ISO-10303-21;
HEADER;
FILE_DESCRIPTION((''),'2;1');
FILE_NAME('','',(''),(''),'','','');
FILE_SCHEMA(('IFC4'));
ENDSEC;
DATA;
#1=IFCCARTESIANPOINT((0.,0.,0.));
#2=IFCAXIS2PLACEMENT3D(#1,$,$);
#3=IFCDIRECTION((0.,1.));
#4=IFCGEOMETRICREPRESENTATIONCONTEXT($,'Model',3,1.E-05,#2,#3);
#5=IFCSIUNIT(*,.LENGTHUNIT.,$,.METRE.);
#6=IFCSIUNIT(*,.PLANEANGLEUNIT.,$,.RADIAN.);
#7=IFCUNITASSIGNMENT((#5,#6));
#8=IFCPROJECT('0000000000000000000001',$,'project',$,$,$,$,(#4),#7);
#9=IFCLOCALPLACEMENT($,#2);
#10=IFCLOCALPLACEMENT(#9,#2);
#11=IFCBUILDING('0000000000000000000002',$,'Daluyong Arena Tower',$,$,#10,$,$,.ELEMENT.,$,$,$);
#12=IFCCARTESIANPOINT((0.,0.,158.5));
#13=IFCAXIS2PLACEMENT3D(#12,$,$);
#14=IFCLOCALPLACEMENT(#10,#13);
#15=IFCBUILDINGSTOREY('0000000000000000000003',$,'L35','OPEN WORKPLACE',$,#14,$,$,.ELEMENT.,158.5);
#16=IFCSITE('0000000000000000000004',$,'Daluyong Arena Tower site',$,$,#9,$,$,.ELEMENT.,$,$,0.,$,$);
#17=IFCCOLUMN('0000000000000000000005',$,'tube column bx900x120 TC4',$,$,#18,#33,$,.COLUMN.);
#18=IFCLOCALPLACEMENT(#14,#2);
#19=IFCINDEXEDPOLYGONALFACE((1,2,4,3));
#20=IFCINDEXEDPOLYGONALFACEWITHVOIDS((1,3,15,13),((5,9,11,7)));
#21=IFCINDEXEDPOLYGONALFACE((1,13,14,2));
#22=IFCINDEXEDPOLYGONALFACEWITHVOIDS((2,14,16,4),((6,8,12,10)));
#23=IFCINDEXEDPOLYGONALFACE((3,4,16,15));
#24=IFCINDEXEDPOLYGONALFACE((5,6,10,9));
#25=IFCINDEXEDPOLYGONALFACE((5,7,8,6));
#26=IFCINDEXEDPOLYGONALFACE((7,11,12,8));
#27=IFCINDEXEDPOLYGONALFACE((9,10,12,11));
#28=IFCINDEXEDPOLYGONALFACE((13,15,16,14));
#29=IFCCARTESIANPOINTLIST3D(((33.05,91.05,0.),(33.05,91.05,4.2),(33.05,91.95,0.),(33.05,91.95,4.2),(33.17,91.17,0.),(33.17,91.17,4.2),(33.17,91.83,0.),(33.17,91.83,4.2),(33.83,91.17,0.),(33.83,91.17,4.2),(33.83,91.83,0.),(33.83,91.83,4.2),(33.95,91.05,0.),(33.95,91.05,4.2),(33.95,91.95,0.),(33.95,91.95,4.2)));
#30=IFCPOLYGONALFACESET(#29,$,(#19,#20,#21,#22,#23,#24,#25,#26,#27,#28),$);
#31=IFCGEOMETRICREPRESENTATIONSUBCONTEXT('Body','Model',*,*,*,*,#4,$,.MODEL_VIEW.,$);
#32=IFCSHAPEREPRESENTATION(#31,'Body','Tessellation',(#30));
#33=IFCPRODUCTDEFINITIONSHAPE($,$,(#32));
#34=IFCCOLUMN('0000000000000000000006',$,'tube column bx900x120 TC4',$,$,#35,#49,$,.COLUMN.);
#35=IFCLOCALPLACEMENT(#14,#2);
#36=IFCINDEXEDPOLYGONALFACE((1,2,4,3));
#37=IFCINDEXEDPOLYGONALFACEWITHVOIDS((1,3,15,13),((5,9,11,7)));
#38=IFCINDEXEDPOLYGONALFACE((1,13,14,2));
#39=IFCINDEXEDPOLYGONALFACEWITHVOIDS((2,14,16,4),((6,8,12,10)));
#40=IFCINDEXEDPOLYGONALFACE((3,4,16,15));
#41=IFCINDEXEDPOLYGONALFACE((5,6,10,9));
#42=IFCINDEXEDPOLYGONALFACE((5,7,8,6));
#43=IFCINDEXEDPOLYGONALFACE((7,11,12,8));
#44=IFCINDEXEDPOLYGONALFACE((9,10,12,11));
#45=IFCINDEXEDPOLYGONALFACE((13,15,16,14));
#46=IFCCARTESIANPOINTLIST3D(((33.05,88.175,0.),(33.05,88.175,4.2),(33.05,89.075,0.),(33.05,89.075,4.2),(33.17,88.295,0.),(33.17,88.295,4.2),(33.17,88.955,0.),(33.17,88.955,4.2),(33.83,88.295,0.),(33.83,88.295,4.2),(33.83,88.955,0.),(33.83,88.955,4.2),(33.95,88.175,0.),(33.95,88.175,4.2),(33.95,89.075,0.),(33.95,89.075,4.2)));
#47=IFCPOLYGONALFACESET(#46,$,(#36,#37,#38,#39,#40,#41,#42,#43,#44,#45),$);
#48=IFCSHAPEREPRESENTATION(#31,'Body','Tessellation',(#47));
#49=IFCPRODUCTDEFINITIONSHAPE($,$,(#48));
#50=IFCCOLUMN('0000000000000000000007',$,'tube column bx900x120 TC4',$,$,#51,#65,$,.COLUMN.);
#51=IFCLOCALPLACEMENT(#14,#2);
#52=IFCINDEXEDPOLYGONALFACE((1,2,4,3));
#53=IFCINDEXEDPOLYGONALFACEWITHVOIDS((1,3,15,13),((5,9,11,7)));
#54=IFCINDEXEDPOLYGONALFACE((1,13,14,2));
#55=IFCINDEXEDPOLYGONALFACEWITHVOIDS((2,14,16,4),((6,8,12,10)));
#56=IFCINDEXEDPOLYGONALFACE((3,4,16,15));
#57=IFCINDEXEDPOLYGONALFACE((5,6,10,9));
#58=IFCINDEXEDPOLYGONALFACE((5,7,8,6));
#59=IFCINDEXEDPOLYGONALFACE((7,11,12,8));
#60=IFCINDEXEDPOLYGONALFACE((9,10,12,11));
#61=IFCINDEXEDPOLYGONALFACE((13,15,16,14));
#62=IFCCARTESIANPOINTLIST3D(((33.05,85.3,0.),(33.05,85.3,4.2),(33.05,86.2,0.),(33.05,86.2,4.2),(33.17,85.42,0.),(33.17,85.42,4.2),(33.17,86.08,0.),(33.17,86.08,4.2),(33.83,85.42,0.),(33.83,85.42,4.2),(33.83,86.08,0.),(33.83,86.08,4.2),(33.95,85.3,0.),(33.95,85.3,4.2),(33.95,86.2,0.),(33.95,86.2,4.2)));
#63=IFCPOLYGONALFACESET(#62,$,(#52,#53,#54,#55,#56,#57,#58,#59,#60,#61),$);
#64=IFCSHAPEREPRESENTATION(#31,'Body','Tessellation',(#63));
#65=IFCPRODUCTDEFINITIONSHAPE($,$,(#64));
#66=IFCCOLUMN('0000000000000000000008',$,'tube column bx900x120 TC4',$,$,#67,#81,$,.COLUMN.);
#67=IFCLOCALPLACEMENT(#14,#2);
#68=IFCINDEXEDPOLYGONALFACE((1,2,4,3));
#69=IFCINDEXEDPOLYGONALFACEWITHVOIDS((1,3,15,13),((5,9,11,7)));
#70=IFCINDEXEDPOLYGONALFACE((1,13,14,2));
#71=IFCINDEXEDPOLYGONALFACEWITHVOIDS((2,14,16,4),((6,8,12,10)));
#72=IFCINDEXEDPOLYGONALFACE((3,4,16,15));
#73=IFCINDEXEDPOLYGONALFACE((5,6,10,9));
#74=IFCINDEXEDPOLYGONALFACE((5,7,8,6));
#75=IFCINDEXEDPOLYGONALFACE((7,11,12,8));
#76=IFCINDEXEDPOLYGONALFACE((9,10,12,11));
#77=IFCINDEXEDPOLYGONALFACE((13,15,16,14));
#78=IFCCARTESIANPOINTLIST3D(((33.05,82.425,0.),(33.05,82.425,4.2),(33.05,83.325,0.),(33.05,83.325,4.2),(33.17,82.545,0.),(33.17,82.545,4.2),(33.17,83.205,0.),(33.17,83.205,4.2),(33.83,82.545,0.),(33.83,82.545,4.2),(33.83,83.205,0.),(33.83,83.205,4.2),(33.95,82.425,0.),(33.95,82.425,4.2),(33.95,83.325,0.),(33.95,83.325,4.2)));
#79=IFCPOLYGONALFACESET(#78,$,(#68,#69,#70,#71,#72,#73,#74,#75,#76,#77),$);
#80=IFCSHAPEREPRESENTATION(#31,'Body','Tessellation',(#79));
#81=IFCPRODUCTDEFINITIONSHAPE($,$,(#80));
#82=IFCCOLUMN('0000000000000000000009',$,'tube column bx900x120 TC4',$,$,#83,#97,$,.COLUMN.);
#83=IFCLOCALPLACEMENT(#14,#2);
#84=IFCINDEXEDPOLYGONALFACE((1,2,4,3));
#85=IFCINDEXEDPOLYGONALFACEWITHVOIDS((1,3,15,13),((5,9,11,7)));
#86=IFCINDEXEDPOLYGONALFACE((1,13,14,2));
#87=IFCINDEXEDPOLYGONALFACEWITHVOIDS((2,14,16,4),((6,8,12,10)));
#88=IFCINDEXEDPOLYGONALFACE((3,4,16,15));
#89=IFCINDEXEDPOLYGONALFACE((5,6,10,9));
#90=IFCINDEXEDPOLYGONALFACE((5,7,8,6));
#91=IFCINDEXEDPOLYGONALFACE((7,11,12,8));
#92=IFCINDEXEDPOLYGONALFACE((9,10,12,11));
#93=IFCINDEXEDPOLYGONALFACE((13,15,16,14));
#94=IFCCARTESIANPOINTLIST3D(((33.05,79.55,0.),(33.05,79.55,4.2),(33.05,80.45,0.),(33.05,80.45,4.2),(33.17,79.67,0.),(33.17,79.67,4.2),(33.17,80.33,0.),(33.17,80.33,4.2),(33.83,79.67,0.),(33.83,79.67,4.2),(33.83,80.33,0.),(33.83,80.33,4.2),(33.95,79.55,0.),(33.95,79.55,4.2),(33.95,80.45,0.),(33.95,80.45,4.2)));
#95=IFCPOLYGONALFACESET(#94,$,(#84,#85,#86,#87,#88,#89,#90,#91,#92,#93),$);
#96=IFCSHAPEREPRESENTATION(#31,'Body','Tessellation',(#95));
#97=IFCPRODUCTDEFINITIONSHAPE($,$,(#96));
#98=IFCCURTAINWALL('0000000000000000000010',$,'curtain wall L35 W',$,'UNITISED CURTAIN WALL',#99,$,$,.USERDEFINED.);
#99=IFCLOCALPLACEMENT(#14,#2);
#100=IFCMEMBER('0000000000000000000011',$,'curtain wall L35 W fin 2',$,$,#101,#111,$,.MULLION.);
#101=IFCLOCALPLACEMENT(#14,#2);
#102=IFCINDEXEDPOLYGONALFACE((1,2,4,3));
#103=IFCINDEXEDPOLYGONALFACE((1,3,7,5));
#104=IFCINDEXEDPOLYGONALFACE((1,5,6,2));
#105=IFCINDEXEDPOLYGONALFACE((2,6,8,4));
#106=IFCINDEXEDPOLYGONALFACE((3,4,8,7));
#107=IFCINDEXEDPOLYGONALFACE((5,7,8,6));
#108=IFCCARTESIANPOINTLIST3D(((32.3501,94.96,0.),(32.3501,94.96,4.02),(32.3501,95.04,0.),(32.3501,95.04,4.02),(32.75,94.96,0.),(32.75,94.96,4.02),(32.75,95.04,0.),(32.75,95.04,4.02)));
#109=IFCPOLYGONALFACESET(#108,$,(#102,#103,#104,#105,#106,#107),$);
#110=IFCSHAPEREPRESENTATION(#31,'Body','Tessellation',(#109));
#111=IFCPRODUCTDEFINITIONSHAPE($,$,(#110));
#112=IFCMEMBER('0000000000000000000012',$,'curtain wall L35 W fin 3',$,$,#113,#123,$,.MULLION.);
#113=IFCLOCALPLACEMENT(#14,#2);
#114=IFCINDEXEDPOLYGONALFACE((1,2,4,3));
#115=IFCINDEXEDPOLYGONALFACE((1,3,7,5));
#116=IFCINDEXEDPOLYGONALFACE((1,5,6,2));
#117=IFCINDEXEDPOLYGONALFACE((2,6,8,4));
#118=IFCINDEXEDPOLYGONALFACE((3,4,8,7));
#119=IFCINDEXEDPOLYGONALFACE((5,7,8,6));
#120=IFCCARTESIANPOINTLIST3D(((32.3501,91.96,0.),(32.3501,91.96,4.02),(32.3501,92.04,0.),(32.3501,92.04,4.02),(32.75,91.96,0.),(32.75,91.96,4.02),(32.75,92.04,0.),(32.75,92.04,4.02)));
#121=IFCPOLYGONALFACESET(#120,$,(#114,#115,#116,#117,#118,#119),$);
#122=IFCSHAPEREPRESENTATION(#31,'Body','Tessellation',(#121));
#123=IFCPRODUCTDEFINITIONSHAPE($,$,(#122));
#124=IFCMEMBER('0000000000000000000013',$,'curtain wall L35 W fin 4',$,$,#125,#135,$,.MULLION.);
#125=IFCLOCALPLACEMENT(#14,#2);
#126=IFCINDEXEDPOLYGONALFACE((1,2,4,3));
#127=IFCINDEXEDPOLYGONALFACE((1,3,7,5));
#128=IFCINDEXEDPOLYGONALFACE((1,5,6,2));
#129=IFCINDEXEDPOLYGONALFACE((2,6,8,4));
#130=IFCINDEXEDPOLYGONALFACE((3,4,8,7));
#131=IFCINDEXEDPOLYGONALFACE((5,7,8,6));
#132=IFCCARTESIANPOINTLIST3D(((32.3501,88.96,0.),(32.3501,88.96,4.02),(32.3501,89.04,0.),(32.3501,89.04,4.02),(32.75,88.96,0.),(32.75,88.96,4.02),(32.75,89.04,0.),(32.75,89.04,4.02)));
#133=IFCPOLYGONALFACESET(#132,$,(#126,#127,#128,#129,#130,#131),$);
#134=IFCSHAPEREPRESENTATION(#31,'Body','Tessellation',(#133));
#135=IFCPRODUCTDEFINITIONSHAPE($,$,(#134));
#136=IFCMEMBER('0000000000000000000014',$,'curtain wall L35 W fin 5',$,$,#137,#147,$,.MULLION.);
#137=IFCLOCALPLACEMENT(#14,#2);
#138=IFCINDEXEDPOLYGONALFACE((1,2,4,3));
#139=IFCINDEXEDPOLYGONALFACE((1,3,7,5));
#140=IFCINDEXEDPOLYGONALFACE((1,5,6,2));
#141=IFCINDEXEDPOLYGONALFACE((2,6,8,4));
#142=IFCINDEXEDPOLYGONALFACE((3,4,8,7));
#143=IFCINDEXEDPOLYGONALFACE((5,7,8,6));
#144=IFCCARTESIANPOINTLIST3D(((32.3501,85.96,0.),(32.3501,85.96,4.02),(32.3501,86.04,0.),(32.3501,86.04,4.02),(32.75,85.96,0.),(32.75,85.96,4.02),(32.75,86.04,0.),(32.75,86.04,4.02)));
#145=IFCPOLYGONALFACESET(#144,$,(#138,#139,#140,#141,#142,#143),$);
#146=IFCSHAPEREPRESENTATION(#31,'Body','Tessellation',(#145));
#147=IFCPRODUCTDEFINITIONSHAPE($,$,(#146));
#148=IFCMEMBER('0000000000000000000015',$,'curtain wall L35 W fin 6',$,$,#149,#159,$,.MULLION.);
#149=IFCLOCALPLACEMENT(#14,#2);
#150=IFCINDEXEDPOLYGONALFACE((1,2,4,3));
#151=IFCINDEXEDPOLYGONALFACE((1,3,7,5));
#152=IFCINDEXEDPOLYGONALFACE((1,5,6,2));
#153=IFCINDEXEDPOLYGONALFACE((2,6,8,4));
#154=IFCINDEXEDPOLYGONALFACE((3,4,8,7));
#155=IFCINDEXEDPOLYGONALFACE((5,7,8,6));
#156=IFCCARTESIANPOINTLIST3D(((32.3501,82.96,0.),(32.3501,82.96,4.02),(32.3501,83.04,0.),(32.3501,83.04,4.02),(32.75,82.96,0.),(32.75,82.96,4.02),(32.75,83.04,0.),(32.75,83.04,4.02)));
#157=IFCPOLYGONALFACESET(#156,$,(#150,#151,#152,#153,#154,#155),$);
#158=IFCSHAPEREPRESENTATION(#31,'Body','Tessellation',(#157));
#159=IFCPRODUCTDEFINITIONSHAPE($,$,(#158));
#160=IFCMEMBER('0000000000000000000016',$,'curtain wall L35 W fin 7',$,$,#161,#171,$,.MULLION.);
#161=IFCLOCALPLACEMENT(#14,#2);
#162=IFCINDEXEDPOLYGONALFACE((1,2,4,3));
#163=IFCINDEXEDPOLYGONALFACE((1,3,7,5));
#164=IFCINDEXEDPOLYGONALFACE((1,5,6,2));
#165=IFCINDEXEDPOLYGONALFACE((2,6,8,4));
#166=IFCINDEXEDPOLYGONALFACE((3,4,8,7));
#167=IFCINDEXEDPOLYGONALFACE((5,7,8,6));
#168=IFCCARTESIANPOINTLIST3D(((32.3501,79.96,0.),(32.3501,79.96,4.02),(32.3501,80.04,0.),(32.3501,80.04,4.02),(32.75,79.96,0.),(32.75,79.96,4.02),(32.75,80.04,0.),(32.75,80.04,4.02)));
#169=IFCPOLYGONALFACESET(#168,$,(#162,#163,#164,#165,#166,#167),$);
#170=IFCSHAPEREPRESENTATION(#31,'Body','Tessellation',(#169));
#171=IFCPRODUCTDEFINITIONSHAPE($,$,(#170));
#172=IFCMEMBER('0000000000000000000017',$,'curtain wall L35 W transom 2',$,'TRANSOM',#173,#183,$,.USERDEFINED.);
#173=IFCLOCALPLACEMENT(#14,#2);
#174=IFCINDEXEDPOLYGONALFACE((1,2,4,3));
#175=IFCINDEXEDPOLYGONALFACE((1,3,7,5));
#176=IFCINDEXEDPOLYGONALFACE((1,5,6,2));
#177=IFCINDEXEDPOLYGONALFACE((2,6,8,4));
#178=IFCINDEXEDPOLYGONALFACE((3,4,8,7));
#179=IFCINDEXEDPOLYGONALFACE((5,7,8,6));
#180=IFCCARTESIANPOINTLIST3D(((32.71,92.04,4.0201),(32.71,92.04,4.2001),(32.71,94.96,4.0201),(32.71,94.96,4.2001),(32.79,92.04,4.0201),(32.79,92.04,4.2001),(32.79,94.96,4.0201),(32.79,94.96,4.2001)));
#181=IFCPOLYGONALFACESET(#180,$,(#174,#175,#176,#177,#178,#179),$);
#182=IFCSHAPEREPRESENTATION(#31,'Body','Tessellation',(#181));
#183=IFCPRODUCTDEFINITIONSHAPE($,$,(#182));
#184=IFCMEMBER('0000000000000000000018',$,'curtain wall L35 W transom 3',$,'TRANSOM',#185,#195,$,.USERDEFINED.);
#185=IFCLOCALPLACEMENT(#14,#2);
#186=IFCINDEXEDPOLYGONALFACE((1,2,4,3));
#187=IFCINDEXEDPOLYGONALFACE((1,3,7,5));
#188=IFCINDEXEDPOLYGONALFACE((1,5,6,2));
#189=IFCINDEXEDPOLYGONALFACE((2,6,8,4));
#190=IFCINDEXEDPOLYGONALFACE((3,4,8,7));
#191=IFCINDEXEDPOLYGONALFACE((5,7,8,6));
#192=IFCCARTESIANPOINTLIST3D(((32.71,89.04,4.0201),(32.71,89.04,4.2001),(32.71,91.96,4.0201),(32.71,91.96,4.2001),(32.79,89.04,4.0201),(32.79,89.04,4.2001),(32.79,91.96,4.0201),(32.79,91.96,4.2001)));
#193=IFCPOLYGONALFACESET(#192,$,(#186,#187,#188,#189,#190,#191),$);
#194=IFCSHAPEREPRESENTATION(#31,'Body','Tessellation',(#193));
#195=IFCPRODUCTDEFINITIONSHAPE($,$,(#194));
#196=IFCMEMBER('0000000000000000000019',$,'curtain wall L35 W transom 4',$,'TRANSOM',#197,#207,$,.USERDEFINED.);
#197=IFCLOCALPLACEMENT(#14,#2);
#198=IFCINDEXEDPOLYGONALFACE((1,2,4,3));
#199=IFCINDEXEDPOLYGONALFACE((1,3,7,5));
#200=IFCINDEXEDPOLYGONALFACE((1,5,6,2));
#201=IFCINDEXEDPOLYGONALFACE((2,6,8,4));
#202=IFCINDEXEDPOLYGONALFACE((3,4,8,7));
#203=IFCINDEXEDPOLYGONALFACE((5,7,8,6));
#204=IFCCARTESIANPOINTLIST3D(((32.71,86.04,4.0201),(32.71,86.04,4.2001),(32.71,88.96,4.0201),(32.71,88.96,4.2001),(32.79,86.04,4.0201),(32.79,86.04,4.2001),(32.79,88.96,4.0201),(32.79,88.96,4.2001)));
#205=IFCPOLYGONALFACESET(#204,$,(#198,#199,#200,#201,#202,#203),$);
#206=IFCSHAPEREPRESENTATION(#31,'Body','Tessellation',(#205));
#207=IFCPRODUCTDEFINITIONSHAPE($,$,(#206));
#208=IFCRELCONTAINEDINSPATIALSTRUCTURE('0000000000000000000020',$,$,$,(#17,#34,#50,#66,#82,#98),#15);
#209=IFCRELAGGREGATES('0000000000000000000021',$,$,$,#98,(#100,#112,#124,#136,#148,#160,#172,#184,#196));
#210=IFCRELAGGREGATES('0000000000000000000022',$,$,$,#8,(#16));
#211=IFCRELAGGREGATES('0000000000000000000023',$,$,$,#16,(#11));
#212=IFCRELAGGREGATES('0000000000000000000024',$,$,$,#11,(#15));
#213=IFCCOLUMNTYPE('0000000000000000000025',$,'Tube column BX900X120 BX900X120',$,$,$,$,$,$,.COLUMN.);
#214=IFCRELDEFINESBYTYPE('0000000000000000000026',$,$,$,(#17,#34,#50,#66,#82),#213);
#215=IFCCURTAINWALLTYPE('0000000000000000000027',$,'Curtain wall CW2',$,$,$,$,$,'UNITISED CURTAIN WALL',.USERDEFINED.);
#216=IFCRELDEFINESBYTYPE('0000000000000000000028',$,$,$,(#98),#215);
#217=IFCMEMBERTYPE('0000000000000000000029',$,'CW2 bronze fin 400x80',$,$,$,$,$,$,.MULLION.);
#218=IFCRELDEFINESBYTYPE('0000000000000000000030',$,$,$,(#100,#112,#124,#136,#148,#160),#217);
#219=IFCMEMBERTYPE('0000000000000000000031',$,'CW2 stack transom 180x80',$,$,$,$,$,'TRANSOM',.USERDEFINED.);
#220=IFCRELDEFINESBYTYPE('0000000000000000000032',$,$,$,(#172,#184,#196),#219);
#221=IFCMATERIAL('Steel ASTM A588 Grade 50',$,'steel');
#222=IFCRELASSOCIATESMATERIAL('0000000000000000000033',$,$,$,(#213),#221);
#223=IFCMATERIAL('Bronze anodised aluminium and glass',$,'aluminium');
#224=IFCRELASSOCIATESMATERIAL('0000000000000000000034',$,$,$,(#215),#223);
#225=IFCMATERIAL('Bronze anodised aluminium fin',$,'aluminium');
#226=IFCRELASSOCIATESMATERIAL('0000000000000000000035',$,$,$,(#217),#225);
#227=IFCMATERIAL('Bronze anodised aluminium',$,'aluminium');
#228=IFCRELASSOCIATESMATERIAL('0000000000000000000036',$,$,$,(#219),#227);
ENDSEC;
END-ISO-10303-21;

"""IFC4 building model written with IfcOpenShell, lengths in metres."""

from ifc_helpers import new_model, si_unit, direction, frame, origin, origin_2d, place, context, subcontext, project, spatial, rectangle, hollow_rectangle, extrude, material, material_profile, profile_set, type_object, element, aggregate, save


model = new_model("IFC4")

# Units and contexts
model_context = context("Model", 3, precision=1e-05, world=origin(), true_north=direction((0.0, 1.0)))
body_context = subcontext(model_context, "Body", "Model", "MODEL_VIEW")
ifc_project = project(units=[si_unit("LENGTHUNIT", "METRE"), si_unit("PLANEANGLEUNIT", "RADIAN")], contexts=[model_context])

# Site, building, storey
site_placement = place(None, origin())
site = spatial("IfcSite", under=ifc_project, at=site_placement, Name="Daluyong Arena Tower site", CompositionType="ELEMENT", RefElevation=0.0)
building_placement = place(site_placement, origin())
building = spatial("IfcBuilding", under=site, at=building_placement, Name="Daluyong Arena Tower", CompositionType="ELEMENT")
storey_placement = place(building_placement, frame((0.0, 0.0, 158.5)))
storey = spatial("IfcBuildingStorey", under=building, at=storey_placement, Name="L35", Description="OPEN WORKPLACE", CompositionType="ELEMENT", Elevation=158.5)

# Columns
ifc_material_1 = material(Name="Steel ASTM A588 Grade 50", Category="steel")
ifc_material_profile_1 = material_profile(ifc_material_1, hollow_rectangle(XDim=0.8999, YDim=0.8999, WallThickness=0.12, at=origin_2d()))
ifc_profile_set_1 = profile_set([ifc_material_profile_1], Name="Steel ASTM A588 Grade 50")
column_type = type_object("IfcColumnType", Name="Tube column BX900X120 BX900X120", PredefinedType="COLUMN", material=ifc_profile_set_1)
for number, where, z_axis, x_axis, name in (
    (1, (33.5, 91.5, 0.0), (0.0, 0.0, 1.0), (0.0, 1.0, 0.0), "tube column bx900x120 TC4"),
    (2, (33.5, 88.625, 0.0), (0.0, 0.0, 1.0), (0.0, 1.0, 0.0), "tube column bx900x120 TC4"),
    (3, (33.5, 85.75, 0.0), (0.0, 0.0, 1.0), (0.0, 1.0, 0.0), "tube column bx900x120 TC4"),
    (4, (33.5, 82.875, 0.0), (0.0, 0.0, 1.0), (0.0, 1.0, 0.0), "tube column bx900x120 TC4"),
    (5, (33.5, 80.0, 0.0), (0.0, 0.0, 1.0), (0.0, 1.0, 0.0), "tube column bx900x120 TC4"),
):
    element("IfcColumn", number, at=place(storey_placement, frame(where, z_axis=z_axis, x_axis=x_axis)), inside=storey, type_object=column_type, Name=name, PredefinedType="COLUMN", context=body_context, shape_type="SweptSolid", body=[
        extrude(hollow_rectangle(XDim=0.8999, YDim=0.8999, WallThickness=0.12, at=origin_2d()), origin(), (0.0, 0.0, 1.0), 4.2),
    ])

# Curtain wall, members
ifc_material_2 = material(Name="Bronze anodised aluminium and glass", Category="aluminium")
curtain_wall_type = type_object("IfcCurtainWallType", Name="Curtain wall CW2", ElementType="UNITISED CURTAIN WALL", PredefinedType="USERDEFINED", material=ifc_material_2)
curtain_wall_placement = place(storey_placement, origin())
curtain_wall = element("IfcCurtainWall", 6, at=curtain_wall_placement, inside=storey, type_object=curtain_wall_type, Name="curtain wall L35 W", ObjectType="UNITISED CURTAIN WALL", PredefinedType="USERDEFINED")
ifc_material_3 = material(Name="Bronze anodised aluminium fin", Category="aluminium")
ifc_material_profile_2 = material_profile(ifc_material_3, rectangle(XDim=0.3999, YDim=0.0801, at=origin_2d()))
ifc_profile_set_2 = profile_set([ifc_material_profile_2], Name="Bronze anodised aluminium fin")
member_type_1 = type_object("IfcMemberType", Name="CW2 bronze fin 400x80", PredefinedType="MULLION", material=ifc_profile_set_2)
member_1_placement = place(storey_placement, frame((32.55, 95.0, 0.0), z_axis=(0.0, 0.0, 1.0), x_axis=(1.0, 0.0, 0.0)))
member_1 = element("IfcMember", 7, at=member_1_placement, type_object=member_type_1, Name="curtain wall L35 W fin 2", PredefinedType="MULLION", context=body_context, shape_type="SweptSolid", body=[
    extrude(rectangle(XDim=0.3999, YDim=0.0801, at=origin_2d()), origin(), (0.0, 0.0, 1.0), 4.02),
])
member_2_placement = place(storey_placement, frame((32.55, 92.0, 0.0), z_axis=(0.0, 0.0, 1.0), x_axis=(1.0, 0.0, 0.0)))
member_2 = element("IfcMember", 8, at=member_2_placement, type_object=member_type_1, Name="curtain wall L35 W fin 3", PredefinedType="MULLION", context=body_context, shape_type="SweptSolid", body=[
    extrude(rectangle(XDim=0.3999, YDim=0.0801, at=origin_2d()), origin(), (0.0, 0.0, 1.0), 4.02),
])
member_3_placement = place(storey_placement, frame((32.55, 89.0, 0.0), z_axis=(0.0, 0.0, 1.0), x_axis=(1.0, 0.0, 0.0)))
member_3 = element("IfcMember", 9, at=member_3_placement, type_object=member_type_1, Name="curtain wall L35 W fin 4", PredefinedType="MULLION", context=body_context, shape_type="SweptSolid", body=[
    extrude(rectangle(XDim=0.3999, YDim=0.0801, at=origin_2d()), origin(), (0.0, 0.0, 1.0), 4.02),
])
member_4_placement = place(storey_placement, frame((32.55, 86.0, 0.0), z_axis=(0.0, 0.0, 1.0), x_axis=(1.0, 0.0, 0.0)))
member_4 = element("IfcMember", 10, at=member_4_placement, type_object=member_type_1, Name="curtain wall L35 W fin 5", PredefinedType="MULLION", context=body_context, shape_type="SweptSolid", body=[
    extrude(rectangle(XDim=0.3999, YDim=0.0801, at=origin_2d()), origin(), (0.0, 0.0, 1.0), 4.02),
])
member_5_placement = place(storey_placement, frame((32.55, 83.0, 0.0), z_axis=(0.0, 0.0, 1.0), x_axis=(1.0, 0.0, 0.0)))
member_5 = element("IfcMember", 11, at=member_5_placement, type_object=member_type_1, Name="curtain wall L35 W fin 6", PredefinedType="MULLION", context=body_context, shape_type="SweptSolid", body=[
    extrude(rectangle(XDim=0.3999, YDim=0.0801, at=origin_2d()), origin(), (0.0, 0.0, 1.0), 4.02),
])
member_6_placement = place(storey_placement, frame((32.55, 80.0, 0.0), z_axis=(0.0, 0.0, 1.0), x_axis=(1.0, 0.0, 0.0)))
member_6 = element("IfcMember", 12, at=member_6_placement, type_object=member_type_1, Name="curtain wall L35 W fin 7", PredefinedType="MULLION", context=body_context, shape_type="SweptSolid", body=[
    extrude(rectangle(XDim=0.3999, YDim=0.0801, at=origin_2d()), origin(), (0.0, 0.0, 1.0), 4.02),
])
ifc_material_4 = material(Name="Bronze anodised aluminium", Category="aluminium")
ifc_material_profile_3 = material_profile(ifc_material_4, rectangle(XDim=0.0801, YDim=0.1799, at=origin_2d()))
ifc_profile_set_3 = profile_set([ifc_material_profile_3], Name="Bronze anodised aluminium")
member_type_2 = type_object("IfcMemberType", Name="CW2 stack transom 180x80", ElementType="TRANSOM", PredefinedType="USERDEFINED", material=ifc_profile_set_3)
member_7_placement = place(storey_placement, frame((32.75, 94.96, 4.1101), z_axis=(0.0, -1.0, 0.0), x_axis=(1.0, 0.0, 0.0)))
member_7 = element("IfcMember", 13, at=member_7_placement, type_object=member_type_2, Name="curtain wall L35 W transom 2", ObjectType="TRANSOM", PredefinedType="USERDEFINED", context=body_context, shape_type="SweptSolid", body=[
    extrude(rectangle(XDim=0.0801, YDim=0.1799, at=origin_2d()), origin(), (0.0, 0.0, 1.0), 2.9199),
])
member_8_placement = place(storey_placement, frame((32.75, 91.96, 4.1101), z_axis=(0.0, -1.0, 0.0), x_axis=(1.0, 0.0, 0.0)))
member_8 = element("IfcMember", 14, at=member_8_placement, type_object=member_type_2, Name="curtain wall L35 W transom 3", ObjectType="TRANSOM", PredefinedType="USERDEFINED", context=body_context, shape_type="SweptSolid", body=[
    extrude(rectangle(XDim=0.0801, YDim=0.1799, at=origin_2d()), origin(), (0.0, 0.0, 1.0), 2.9199),
])
member_9_placement = place(storey_placement, frame((32.75, 88.96, 4.1101), z_axis=(0.0, -1.0, 0.0), x_axis=(1.0, 0.0, 0.0)))
member_9 = element("IfcMember", 15, at=member_9_placement, type_object=member_type_2, Name="curtain wall L35 W transom 4", ObjectType="TRANSOM", PredefinedType="USERDEFINED", context=body_context, shape_type="SweptSolid", body=[
    extrude(rectangle(XDim=0.0801, YDim=0.1799, at=origin_2d()), origin(), (0.0, 0.0, 1.0), 2.9199),
])

aggregate(curtain_wall, [member_1, member_2, member_3, member_4, member_5, member_6, member_7, member_8, member_9])

save(model, "model.ifc")
